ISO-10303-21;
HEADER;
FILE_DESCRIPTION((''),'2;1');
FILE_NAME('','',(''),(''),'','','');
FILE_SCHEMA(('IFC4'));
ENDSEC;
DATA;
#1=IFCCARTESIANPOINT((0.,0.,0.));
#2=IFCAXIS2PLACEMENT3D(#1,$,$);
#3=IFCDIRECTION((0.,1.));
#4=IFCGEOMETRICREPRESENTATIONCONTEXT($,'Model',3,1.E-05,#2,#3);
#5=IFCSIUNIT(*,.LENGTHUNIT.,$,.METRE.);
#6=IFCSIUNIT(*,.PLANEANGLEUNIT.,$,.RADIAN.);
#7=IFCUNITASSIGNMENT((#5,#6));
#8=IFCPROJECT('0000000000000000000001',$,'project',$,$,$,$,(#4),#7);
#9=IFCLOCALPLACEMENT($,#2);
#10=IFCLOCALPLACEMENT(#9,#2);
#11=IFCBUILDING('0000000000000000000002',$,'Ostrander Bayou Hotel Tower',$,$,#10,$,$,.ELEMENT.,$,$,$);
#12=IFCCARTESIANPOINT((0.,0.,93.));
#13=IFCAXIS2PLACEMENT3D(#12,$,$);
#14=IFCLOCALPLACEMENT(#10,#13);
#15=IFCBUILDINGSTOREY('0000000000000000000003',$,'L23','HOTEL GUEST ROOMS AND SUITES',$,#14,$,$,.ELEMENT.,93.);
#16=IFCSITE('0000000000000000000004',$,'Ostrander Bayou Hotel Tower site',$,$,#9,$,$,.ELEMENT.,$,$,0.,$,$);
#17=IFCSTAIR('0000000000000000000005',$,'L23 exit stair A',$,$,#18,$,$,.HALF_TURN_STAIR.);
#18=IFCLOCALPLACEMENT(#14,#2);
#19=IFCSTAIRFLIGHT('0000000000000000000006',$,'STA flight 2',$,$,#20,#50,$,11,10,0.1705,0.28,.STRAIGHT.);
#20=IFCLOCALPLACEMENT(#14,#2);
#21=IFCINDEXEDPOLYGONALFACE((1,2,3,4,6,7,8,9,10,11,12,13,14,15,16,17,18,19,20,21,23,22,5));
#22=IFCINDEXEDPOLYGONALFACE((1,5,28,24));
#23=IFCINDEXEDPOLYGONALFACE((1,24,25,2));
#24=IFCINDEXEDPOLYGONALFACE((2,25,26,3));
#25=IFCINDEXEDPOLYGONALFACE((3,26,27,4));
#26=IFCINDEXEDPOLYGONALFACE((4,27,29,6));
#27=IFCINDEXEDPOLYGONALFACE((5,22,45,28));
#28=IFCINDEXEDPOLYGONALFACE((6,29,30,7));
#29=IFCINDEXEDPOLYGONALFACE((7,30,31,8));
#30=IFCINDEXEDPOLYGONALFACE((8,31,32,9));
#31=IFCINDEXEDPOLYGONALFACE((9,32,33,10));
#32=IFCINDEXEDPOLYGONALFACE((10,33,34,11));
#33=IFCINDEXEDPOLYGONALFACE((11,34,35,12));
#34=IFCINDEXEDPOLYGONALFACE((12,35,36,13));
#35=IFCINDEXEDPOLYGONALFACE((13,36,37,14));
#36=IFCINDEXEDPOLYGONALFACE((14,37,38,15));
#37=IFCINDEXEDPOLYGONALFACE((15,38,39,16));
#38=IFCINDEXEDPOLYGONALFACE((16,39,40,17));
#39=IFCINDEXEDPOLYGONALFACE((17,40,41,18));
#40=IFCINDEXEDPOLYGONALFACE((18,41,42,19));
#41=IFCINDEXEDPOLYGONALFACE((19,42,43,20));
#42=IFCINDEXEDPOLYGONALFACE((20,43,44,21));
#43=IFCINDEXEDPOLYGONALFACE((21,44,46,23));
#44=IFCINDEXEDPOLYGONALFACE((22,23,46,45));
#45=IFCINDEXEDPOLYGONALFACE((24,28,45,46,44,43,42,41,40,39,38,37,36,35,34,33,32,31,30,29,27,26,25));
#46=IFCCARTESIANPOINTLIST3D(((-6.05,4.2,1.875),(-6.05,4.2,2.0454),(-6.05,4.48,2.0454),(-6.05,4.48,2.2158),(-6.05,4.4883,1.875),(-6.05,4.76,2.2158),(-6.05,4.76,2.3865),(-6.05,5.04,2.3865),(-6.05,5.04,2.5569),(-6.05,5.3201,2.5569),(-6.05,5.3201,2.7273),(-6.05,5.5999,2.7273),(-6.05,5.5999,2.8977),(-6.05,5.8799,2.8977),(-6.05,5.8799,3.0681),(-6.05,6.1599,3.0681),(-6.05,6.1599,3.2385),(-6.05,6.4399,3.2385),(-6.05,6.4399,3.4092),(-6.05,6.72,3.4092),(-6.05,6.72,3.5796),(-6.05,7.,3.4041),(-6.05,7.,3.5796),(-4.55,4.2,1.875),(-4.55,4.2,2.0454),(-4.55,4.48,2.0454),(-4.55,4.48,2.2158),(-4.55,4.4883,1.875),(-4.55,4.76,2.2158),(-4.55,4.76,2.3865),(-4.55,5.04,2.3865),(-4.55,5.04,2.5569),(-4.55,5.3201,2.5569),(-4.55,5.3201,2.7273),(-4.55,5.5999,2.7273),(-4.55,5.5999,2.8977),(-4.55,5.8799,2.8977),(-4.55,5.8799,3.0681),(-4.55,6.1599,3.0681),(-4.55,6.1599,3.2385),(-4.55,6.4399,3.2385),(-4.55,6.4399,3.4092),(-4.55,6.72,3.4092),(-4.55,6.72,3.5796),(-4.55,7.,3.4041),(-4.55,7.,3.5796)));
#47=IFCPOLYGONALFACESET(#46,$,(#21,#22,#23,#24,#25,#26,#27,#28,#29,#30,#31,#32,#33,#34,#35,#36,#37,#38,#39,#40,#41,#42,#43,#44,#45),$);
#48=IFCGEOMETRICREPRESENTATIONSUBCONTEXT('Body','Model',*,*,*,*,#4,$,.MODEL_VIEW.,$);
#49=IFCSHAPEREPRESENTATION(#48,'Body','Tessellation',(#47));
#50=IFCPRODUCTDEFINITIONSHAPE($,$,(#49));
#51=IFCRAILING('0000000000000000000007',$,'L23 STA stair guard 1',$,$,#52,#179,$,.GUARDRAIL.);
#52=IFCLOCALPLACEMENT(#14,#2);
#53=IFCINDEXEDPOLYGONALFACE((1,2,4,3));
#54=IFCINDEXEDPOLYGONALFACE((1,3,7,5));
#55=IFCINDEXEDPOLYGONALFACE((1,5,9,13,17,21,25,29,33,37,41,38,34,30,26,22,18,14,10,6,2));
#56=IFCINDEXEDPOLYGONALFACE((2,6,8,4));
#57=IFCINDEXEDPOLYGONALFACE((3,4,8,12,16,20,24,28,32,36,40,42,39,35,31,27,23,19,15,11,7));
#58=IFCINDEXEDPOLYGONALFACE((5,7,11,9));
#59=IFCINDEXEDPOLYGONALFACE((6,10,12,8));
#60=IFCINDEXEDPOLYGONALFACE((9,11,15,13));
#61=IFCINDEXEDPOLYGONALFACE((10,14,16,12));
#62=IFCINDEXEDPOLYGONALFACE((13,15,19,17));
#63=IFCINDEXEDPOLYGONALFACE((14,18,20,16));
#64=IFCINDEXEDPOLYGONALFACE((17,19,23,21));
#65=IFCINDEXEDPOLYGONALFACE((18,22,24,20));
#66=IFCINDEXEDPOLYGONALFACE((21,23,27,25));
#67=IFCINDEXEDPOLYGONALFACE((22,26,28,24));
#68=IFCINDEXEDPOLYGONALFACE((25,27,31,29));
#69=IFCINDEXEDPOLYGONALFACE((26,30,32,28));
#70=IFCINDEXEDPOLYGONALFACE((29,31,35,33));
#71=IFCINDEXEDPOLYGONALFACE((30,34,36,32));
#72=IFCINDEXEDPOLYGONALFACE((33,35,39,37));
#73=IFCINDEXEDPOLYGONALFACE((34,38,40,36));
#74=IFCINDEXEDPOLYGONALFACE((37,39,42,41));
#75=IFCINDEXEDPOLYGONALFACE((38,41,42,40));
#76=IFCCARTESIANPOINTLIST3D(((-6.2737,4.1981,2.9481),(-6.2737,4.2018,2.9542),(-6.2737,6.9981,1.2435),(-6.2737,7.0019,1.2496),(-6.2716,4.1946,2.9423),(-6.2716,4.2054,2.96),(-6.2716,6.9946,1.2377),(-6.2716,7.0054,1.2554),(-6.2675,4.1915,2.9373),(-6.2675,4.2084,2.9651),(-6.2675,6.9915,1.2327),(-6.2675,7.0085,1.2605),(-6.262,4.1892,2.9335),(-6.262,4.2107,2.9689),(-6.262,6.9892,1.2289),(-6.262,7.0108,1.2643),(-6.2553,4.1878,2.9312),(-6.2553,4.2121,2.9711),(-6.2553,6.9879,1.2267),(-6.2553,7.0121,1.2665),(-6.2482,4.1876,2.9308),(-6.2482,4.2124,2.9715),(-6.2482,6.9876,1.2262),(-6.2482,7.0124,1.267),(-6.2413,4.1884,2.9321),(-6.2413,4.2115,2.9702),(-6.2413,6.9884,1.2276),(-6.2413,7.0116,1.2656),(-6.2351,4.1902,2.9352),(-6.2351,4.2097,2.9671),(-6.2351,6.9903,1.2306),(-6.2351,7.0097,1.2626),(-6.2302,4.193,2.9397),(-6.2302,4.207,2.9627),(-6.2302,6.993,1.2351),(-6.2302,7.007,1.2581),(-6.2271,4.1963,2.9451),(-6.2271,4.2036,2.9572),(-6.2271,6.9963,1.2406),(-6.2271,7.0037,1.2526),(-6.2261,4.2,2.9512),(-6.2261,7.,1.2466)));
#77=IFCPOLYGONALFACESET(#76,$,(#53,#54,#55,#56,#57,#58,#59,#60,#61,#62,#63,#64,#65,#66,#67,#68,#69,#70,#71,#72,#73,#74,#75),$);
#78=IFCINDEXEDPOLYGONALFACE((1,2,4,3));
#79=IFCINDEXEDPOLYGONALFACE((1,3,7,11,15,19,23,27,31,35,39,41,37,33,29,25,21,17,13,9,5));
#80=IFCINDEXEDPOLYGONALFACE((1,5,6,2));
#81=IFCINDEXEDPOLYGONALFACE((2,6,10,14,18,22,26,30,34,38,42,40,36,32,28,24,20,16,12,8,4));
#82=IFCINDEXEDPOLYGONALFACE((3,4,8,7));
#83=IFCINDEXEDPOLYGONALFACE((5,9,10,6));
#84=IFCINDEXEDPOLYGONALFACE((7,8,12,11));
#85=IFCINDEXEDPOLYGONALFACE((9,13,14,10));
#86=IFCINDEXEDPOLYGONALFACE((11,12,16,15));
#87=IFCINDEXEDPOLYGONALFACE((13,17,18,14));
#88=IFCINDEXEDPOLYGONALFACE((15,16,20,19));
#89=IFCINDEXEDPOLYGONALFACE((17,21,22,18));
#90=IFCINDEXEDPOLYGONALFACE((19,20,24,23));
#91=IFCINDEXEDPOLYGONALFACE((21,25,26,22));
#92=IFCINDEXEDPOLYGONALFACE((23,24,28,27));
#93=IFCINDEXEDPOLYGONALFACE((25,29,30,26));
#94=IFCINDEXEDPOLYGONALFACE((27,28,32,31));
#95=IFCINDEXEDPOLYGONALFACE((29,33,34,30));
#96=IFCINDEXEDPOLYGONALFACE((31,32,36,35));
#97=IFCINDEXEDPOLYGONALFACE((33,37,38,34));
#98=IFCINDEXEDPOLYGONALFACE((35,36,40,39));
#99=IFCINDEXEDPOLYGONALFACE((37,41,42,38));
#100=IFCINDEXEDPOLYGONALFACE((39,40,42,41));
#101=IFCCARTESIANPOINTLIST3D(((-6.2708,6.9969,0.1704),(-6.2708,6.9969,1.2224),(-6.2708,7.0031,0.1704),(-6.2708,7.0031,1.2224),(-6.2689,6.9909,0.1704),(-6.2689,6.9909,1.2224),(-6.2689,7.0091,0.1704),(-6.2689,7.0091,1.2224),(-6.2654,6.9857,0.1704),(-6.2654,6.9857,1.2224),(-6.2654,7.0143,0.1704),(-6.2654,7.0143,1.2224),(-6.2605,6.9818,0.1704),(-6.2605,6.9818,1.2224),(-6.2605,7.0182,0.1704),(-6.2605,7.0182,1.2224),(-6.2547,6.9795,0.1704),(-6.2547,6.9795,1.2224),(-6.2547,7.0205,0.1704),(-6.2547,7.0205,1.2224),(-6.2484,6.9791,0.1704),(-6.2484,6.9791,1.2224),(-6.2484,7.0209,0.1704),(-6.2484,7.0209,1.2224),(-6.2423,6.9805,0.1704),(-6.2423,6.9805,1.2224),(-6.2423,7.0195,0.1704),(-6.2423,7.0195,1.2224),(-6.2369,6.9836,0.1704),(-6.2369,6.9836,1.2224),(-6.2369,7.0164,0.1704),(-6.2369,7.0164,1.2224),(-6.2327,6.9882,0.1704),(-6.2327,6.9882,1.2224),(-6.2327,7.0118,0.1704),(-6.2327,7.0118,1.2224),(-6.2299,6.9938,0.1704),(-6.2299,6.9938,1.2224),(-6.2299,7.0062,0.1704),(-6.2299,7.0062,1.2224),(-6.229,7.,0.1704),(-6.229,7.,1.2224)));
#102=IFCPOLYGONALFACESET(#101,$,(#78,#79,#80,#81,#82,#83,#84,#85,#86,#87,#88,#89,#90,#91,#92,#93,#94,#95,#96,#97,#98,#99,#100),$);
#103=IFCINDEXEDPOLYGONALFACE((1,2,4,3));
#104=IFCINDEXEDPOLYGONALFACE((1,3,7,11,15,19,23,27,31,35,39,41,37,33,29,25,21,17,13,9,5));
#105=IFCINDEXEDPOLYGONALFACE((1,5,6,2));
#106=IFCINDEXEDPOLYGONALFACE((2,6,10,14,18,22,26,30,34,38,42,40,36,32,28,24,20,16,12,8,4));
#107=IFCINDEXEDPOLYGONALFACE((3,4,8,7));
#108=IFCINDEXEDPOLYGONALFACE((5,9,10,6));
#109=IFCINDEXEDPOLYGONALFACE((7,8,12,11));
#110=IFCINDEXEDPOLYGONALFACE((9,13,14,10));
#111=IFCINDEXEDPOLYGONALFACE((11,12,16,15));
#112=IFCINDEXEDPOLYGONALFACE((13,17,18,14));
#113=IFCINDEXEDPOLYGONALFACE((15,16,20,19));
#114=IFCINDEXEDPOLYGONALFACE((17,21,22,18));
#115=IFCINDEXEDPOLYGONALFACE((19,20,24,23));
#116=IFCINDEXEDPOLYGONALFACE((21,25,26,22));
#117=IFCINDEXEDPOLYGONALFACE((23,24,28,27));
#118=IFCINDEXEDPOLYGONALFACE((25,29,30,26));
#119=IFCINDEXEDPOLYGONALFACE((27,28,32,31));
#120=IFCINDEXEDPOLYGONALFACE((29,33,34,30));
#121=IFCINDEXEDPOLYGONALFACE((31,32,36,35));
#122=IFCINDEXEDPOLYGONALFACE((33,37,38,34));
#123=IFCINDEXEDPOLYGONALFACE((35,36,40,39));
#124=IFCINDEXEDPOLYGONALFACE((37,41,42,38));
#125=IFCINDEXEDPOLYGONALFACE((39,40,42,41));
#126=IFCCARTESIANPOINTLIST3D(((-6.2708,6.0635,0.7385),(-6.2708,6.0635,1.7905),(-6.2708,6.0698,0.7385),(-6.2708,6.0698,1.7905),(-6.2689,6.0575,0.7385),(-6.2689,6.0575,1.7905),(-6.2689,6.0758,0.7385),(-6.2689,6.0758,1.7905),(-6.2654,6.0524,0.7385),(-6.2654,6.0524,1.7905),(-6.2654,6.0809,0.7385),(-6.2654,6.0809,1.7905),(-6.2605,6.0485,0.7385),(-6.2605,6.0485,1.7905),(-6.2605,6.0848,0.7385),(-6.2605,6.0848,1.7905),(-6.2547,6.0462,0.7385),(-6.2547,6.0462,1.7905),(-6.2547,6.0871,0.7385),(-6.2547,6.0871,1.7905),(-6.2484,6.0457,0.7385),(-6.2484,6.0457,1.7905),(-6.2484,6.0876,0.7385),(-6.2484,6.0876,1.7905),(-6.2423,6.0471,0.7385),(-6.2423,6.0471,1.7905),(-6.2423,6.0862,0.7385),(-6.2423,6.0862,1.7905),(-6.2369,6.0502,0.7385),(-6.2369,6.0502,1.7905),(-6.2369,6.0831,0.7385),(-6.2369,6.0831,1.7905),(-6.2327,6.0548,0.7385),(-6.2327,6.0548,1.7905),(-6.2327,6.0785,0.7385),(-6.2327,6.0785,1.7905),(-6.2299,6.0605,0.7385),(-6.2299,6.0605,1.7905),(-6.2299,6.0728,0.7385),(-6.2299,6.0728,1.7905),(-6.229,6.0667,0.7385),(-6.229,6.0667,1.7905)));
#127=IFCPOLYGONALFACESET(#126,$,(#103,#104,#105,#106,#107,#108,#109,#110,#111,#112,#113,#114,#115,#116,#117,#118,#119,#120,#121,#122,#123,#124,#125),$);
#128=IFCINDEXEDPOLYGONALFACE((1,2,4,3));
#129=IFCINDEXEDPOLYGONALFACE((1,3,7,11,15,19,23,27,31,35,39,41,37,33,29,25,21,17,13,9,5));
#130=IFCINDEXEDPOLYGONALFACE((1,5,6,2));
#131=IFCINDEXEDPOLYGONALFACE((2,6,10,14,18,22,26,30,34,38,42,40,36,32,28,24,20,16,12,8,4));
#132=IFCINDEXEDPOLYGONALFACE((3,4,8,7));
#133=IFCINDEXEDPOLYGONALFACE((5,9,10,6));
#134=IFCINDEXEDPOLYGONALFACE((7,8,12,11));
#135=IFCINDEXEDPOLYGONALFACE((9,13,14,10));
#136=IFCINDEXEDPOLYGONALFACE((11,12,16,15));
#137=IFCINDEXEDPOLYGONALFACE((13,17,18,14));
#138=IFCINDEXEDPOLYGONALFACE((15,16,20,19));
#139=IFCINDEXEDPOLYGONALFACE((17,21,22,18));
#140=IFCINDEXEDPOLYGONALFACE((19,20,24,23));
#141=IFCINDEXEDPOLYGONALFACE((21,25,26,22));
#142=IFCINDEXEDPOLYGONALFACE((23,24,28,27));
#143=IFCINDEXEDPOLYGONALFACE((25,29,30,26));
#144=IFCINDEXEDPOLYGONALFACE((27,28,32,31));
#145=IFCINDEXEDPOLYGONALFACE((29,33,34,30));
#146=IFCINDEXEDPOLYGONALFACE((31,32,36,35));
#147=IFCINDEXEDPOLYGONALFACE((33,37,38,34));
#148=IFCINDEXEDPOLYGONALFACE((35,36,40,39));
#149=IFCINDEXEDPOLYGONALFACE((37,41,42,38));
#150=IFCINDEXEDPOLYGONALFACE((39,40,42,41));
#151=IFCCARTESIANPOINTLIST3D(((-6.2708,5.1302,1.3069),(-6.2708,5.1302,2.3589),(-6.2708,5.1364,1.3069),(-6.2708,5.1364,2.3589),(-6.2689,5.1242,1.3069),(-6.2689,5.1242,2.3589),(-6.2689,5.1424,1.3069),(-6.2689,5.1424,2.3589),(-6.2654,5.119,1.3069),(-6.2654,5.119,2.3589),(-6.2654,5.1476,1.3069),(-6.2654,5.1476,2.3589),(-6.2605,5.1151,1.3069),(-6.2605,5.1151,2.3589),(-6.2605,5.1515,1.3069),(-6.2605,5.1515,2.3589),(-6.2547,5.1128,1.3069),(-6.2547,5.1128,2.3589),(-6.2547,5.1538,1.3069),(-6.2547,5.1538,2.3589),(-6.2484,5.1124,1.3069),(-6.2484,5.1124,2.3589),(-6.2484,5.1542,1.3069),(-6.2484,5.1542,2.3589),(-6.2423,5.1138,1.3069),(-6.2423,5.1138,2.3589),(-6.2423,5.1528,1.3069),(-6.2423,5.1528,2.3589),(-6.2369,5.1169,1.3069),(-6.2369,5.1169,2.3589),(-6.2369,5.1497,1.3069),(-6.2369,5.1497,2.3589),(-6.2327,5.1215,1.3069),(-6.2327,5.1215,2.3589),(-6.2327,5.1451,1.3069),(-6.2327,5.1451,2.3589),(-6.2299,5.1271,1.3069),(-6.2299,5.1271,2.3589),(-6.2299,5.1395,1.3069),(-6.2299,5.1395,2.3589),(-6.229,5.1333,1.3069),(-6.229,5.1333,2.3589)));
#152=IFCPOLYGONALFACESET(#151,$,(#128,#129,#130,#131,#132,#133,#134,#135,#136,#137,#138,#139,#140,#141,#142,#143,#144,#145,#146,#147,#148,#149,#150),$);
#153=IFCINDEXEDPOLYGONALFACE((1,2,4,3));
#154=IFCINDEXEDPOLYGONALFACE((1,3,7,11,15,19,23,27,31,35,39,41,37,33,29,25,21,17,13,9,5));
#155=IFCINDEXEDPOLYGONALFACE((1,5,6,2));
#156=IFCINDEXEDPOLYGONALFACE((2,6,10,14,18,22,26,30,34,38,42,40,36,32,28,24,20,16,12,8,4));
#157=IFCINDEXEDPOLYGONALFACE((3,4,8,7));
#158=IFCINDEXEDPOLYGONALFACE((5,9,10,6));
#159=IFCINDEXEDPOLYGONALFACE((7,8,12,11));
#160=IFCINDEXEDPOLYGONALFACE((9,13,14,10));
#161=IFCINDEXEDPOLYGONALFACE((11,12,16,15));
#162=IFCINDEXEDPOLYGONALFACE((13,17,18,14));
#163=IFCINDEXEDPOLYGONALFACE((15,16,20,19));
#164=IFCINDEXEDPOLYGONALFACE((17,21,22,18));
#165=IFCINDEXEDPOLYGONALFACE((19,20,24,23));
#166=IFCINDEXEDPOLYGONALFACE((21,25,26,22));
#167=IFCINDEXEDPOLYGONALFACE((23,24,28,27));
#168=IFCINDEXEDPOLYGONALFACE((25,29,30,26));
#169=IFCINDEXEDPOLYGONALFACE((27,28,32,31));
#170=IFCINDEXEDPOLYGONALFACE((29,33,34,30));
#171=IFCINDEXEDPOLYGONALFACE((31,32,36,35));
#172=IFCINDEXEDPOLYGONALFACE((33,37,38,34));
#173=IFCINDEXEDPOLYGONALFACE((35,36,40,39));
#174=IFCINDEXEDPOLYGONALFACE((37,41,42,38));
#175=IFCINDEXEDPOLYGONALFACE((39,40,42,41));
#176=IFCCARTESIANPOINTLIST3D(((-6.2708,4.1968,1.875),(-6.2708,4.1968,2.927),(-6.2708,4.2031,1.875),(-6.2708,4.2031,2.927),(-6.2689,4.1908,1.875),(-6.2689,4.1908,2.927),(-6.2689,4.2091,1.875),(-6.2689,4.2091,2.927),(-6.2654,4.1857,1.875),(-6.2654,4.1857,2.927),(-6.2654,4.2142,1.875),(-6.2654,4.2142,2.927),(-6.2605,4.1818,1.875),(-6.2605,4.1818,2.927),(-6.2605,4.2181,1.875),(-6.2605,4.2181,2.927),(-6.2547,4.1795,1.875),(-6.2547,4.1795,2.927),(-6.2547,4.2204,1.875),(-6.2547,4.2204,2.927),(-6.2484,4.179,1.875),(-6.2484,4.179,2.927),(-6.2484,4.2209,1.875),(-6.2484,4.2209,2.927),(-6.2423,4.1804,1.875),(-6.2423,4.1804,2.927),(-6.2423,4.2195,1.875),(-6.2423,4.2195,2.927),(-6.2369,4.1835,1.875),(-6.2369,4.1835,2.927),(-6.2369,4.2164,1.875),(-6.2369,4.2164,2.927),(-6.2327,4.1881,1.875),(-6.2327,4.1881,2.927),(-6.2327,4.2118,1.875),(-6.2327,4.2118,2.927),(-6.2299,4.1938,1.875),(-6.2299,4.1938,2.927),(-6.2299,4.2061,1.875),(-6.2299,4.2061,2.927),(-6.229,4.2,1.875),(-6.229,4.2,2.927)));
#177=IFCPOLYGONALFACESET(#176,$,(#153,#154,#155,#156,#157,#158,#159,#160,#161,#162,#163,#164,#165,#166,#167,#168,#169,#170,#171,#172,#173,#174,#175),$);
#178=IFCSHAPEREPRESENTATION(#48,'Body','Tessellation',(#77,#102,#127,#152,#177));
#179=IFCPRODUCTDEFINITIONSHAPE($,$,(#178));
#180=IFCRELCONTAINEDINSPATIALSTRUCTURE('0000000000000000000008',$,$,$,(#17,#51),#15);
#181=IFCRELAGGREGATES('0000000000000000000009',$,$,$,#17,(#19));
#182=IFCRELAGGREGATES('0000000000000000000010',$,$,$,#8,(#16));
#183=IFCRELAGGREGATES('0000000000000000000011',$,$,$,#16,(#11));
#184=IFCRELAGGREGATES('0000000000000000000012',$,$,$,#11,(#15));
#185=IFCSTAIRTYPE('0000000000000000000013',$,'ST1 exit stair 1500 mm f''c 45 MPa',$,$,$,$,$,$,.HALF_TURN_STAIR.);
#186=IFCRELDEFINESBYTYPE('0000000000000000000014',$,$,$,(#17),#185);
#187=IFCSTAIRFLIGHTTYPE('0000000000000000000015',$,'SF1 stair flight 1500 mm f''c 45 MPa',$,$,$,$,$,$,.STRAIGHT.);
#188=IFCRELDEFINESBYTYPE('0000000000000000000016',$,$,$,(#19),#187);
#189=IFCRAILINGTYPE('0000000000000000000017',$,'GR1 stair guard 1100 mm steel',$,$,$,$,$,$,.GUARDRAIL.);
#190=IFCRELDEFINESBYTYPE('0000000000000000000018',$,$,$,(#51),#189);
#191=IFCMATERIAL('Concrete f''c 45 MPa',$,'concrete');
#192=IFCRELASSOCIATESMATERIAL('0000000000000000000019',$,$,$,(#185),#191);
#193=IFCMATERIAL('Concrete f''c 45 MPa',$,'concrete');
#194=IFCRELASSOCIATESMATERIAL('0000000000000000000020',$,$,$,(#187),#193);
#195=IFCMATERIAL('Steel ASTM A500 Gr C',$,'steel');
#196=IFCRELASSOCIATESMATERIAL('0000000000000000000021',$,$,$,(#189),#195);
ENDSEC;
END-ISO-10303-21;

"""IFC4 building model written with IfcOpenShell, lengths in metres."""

from ifc_helpers import new_model, si_unit, direction, frame, origin, origin_2d, place, context, subcontext, project, spatial, polyline, circle, outline, extrude, material, type_object, element, aggregate, save


model = new_model("IFC4")

# Units and contexts
model_context = context("Model", 3, precision=1e-05, world=origin(), true_north=direction((0.0, 1.0)))
body_context = subcontext(model_context, "Body", "Model", "MODEL_VIEW")
ifc_project = project(units=[si_unit("LENGTHUNIT", "METRE"), si_unit("PLANEANGLEUNIT", "RADIAN")], contexts=[model_context])

# Site, building, storey
site_placement = place(None, origin())
site = spatial("IfcSite", under=ifc_project, at=site_placement, Name="Ostrander Bayou Hotel Tower site", CompositionType="ELEMENT", RefElevation=0.0)
building_placement = place(site_placement, origin())
building = spatial("IfcBuilding", under=site, at=building_placement, Name="Ostrander Bayou Hotel Tower", CompositionType="ELEMENT")
storey_placement = place(building_placement, frame((0.0, 0.0, 93.0)))
storey = spatial("IfcBuildingStorey", under=building, at=storey_placement, Name="L23", Description="HOTEL GUEST ROOMS AND SUITES", CompositionType="ELEMENT", Elevation=93.0)

# Stair, stair flight
ifc_material_1 = material(Name="Concrete f'c 45 MPa", Category="concrete")
stair_type = type_object("IfcStairType", Name="ST1 exit stair 1500 mm f'c 45 MPa", PredefinedType="HALF_TURN_STAIR", material=ifc_material_1)
stair_placement = place(storey_placement, origin())
stair = element("IfcStair", 1, at=stair_placement, inside=storey, type_object=stair_type, Name="L23 exit stair A", PredefinedType="HALF_TURN_STAIR")
ifc_material_2 = material(Name="Concrete f'c 45 MPa", Category="concrete")
stair_flight_type = type_object("IfcStairFlightType", Name="SF1 stair flight 1500 mm f'c 45 MPa", PredefinedType="STRAIGHT", material=ifc_material_2)
stair_flight_1_placement = place(storey_placement, frame((-5.3, 4.2, 1.875), z_axis=(0.0, 0.0, 1.0), x_axis=(0.0, 1.0, 0.0)))
stair_flight_1 = element("IfcStairFlight", 2, at=stair_flight_1_placement, type_object=stair_flight_type, Name="STA flight 2", NumberOfRisers=11, NumberOfTreads=10, PredefinedType="STRAIGHT", RiserHeight=0.1705, TreadLength=0.28, context=body_context, shape_type="SweptSolid", body=[
    extrude(outline(polyline([(0.0, 0.0), (0.0, 0.1704), (0.28, 0.1704), (0.28, 0.3408), (0.5601, 0.3408), (0.5601, 0.5115), (0.8401, 0.5115), (0.8401, 0.6819), (1.1201, 0.6819), (1.1201, 0.8523), (1.3999, 0.8523), (1.3999, 1.0227), (1.6799, 1.0227), (1.6799, 1.1931), (1.96, 1.1931), (1.96, 1.3635), (2.24, 1.3635), (2.24, 1.5342), (2.52, 1.5342), (2.52, 1.7046), (2.8, 1.7046), (2.8, 1.875), (2.8, 1.5291), (0.2883, 0.0), (0.0, 0.0)])), frame((0.0, 0.75, 0.0), z_axis=(0.0, -1.0, 0.0), x_axis=(1.0, 0.0, 0.0)), (0.0, 0.0, 1.0), 1.5),
])
aggregate(stair, [stair_flight_1])

# Railing
ifc_material_3 = material(Name="Steel ASTM A500 Gr C", Category="steel")
railing_type_1 = type_object("IfcRailingType", Name="GR1 stair guard 1100 mm steel", PredefinedType="GUARDRAIL", material=ifc_material_3)
railing_1_placement = place(storey_placement, frame((-6.25, 7.0, 0.1704)))
element("IfcRailing", 3, at=railing_1_placement, inside=storey, type_object=railing_type_1, Name="L23 STA stair guard 1", PredefinedType="GUARDRAIL", context=body_context, shape_type="SweptSolid", body=[
    extrude(circle(Radius=0.0239, at=origin_2d()), frame((0.0, 0.0, 1.0762), z_axis=(0.0, -0.85417, 0.519994), x_axis=(1.0, 0.0, 0.0)), (0.0, 0.0, 1.0), 3.2781),
    extrude(circle(Radius=0.021, at=origin_2d()), origin(), (0.0, 0.0, 1.0), 1.052),
    extrude(circle(Radius=0.021, at=origin_2d()), frame((0.0, -0.9333, 0.5681)), (0.0, 0.0, 1.0), 1.052),
    extrude(circle(Radius=0.021, at=origin_2d()), frame((0.0, -1.8667, 1.1365)), (0.0, 0.0, 1.0), 1.052),
    extrude(circle(Radius=0.021, at=origin_2d()), frame((0.0, -2.8, 1.7046)), (0.0, 0.0, 1.0), 1.052),
])

save(model, "model.ifc")
